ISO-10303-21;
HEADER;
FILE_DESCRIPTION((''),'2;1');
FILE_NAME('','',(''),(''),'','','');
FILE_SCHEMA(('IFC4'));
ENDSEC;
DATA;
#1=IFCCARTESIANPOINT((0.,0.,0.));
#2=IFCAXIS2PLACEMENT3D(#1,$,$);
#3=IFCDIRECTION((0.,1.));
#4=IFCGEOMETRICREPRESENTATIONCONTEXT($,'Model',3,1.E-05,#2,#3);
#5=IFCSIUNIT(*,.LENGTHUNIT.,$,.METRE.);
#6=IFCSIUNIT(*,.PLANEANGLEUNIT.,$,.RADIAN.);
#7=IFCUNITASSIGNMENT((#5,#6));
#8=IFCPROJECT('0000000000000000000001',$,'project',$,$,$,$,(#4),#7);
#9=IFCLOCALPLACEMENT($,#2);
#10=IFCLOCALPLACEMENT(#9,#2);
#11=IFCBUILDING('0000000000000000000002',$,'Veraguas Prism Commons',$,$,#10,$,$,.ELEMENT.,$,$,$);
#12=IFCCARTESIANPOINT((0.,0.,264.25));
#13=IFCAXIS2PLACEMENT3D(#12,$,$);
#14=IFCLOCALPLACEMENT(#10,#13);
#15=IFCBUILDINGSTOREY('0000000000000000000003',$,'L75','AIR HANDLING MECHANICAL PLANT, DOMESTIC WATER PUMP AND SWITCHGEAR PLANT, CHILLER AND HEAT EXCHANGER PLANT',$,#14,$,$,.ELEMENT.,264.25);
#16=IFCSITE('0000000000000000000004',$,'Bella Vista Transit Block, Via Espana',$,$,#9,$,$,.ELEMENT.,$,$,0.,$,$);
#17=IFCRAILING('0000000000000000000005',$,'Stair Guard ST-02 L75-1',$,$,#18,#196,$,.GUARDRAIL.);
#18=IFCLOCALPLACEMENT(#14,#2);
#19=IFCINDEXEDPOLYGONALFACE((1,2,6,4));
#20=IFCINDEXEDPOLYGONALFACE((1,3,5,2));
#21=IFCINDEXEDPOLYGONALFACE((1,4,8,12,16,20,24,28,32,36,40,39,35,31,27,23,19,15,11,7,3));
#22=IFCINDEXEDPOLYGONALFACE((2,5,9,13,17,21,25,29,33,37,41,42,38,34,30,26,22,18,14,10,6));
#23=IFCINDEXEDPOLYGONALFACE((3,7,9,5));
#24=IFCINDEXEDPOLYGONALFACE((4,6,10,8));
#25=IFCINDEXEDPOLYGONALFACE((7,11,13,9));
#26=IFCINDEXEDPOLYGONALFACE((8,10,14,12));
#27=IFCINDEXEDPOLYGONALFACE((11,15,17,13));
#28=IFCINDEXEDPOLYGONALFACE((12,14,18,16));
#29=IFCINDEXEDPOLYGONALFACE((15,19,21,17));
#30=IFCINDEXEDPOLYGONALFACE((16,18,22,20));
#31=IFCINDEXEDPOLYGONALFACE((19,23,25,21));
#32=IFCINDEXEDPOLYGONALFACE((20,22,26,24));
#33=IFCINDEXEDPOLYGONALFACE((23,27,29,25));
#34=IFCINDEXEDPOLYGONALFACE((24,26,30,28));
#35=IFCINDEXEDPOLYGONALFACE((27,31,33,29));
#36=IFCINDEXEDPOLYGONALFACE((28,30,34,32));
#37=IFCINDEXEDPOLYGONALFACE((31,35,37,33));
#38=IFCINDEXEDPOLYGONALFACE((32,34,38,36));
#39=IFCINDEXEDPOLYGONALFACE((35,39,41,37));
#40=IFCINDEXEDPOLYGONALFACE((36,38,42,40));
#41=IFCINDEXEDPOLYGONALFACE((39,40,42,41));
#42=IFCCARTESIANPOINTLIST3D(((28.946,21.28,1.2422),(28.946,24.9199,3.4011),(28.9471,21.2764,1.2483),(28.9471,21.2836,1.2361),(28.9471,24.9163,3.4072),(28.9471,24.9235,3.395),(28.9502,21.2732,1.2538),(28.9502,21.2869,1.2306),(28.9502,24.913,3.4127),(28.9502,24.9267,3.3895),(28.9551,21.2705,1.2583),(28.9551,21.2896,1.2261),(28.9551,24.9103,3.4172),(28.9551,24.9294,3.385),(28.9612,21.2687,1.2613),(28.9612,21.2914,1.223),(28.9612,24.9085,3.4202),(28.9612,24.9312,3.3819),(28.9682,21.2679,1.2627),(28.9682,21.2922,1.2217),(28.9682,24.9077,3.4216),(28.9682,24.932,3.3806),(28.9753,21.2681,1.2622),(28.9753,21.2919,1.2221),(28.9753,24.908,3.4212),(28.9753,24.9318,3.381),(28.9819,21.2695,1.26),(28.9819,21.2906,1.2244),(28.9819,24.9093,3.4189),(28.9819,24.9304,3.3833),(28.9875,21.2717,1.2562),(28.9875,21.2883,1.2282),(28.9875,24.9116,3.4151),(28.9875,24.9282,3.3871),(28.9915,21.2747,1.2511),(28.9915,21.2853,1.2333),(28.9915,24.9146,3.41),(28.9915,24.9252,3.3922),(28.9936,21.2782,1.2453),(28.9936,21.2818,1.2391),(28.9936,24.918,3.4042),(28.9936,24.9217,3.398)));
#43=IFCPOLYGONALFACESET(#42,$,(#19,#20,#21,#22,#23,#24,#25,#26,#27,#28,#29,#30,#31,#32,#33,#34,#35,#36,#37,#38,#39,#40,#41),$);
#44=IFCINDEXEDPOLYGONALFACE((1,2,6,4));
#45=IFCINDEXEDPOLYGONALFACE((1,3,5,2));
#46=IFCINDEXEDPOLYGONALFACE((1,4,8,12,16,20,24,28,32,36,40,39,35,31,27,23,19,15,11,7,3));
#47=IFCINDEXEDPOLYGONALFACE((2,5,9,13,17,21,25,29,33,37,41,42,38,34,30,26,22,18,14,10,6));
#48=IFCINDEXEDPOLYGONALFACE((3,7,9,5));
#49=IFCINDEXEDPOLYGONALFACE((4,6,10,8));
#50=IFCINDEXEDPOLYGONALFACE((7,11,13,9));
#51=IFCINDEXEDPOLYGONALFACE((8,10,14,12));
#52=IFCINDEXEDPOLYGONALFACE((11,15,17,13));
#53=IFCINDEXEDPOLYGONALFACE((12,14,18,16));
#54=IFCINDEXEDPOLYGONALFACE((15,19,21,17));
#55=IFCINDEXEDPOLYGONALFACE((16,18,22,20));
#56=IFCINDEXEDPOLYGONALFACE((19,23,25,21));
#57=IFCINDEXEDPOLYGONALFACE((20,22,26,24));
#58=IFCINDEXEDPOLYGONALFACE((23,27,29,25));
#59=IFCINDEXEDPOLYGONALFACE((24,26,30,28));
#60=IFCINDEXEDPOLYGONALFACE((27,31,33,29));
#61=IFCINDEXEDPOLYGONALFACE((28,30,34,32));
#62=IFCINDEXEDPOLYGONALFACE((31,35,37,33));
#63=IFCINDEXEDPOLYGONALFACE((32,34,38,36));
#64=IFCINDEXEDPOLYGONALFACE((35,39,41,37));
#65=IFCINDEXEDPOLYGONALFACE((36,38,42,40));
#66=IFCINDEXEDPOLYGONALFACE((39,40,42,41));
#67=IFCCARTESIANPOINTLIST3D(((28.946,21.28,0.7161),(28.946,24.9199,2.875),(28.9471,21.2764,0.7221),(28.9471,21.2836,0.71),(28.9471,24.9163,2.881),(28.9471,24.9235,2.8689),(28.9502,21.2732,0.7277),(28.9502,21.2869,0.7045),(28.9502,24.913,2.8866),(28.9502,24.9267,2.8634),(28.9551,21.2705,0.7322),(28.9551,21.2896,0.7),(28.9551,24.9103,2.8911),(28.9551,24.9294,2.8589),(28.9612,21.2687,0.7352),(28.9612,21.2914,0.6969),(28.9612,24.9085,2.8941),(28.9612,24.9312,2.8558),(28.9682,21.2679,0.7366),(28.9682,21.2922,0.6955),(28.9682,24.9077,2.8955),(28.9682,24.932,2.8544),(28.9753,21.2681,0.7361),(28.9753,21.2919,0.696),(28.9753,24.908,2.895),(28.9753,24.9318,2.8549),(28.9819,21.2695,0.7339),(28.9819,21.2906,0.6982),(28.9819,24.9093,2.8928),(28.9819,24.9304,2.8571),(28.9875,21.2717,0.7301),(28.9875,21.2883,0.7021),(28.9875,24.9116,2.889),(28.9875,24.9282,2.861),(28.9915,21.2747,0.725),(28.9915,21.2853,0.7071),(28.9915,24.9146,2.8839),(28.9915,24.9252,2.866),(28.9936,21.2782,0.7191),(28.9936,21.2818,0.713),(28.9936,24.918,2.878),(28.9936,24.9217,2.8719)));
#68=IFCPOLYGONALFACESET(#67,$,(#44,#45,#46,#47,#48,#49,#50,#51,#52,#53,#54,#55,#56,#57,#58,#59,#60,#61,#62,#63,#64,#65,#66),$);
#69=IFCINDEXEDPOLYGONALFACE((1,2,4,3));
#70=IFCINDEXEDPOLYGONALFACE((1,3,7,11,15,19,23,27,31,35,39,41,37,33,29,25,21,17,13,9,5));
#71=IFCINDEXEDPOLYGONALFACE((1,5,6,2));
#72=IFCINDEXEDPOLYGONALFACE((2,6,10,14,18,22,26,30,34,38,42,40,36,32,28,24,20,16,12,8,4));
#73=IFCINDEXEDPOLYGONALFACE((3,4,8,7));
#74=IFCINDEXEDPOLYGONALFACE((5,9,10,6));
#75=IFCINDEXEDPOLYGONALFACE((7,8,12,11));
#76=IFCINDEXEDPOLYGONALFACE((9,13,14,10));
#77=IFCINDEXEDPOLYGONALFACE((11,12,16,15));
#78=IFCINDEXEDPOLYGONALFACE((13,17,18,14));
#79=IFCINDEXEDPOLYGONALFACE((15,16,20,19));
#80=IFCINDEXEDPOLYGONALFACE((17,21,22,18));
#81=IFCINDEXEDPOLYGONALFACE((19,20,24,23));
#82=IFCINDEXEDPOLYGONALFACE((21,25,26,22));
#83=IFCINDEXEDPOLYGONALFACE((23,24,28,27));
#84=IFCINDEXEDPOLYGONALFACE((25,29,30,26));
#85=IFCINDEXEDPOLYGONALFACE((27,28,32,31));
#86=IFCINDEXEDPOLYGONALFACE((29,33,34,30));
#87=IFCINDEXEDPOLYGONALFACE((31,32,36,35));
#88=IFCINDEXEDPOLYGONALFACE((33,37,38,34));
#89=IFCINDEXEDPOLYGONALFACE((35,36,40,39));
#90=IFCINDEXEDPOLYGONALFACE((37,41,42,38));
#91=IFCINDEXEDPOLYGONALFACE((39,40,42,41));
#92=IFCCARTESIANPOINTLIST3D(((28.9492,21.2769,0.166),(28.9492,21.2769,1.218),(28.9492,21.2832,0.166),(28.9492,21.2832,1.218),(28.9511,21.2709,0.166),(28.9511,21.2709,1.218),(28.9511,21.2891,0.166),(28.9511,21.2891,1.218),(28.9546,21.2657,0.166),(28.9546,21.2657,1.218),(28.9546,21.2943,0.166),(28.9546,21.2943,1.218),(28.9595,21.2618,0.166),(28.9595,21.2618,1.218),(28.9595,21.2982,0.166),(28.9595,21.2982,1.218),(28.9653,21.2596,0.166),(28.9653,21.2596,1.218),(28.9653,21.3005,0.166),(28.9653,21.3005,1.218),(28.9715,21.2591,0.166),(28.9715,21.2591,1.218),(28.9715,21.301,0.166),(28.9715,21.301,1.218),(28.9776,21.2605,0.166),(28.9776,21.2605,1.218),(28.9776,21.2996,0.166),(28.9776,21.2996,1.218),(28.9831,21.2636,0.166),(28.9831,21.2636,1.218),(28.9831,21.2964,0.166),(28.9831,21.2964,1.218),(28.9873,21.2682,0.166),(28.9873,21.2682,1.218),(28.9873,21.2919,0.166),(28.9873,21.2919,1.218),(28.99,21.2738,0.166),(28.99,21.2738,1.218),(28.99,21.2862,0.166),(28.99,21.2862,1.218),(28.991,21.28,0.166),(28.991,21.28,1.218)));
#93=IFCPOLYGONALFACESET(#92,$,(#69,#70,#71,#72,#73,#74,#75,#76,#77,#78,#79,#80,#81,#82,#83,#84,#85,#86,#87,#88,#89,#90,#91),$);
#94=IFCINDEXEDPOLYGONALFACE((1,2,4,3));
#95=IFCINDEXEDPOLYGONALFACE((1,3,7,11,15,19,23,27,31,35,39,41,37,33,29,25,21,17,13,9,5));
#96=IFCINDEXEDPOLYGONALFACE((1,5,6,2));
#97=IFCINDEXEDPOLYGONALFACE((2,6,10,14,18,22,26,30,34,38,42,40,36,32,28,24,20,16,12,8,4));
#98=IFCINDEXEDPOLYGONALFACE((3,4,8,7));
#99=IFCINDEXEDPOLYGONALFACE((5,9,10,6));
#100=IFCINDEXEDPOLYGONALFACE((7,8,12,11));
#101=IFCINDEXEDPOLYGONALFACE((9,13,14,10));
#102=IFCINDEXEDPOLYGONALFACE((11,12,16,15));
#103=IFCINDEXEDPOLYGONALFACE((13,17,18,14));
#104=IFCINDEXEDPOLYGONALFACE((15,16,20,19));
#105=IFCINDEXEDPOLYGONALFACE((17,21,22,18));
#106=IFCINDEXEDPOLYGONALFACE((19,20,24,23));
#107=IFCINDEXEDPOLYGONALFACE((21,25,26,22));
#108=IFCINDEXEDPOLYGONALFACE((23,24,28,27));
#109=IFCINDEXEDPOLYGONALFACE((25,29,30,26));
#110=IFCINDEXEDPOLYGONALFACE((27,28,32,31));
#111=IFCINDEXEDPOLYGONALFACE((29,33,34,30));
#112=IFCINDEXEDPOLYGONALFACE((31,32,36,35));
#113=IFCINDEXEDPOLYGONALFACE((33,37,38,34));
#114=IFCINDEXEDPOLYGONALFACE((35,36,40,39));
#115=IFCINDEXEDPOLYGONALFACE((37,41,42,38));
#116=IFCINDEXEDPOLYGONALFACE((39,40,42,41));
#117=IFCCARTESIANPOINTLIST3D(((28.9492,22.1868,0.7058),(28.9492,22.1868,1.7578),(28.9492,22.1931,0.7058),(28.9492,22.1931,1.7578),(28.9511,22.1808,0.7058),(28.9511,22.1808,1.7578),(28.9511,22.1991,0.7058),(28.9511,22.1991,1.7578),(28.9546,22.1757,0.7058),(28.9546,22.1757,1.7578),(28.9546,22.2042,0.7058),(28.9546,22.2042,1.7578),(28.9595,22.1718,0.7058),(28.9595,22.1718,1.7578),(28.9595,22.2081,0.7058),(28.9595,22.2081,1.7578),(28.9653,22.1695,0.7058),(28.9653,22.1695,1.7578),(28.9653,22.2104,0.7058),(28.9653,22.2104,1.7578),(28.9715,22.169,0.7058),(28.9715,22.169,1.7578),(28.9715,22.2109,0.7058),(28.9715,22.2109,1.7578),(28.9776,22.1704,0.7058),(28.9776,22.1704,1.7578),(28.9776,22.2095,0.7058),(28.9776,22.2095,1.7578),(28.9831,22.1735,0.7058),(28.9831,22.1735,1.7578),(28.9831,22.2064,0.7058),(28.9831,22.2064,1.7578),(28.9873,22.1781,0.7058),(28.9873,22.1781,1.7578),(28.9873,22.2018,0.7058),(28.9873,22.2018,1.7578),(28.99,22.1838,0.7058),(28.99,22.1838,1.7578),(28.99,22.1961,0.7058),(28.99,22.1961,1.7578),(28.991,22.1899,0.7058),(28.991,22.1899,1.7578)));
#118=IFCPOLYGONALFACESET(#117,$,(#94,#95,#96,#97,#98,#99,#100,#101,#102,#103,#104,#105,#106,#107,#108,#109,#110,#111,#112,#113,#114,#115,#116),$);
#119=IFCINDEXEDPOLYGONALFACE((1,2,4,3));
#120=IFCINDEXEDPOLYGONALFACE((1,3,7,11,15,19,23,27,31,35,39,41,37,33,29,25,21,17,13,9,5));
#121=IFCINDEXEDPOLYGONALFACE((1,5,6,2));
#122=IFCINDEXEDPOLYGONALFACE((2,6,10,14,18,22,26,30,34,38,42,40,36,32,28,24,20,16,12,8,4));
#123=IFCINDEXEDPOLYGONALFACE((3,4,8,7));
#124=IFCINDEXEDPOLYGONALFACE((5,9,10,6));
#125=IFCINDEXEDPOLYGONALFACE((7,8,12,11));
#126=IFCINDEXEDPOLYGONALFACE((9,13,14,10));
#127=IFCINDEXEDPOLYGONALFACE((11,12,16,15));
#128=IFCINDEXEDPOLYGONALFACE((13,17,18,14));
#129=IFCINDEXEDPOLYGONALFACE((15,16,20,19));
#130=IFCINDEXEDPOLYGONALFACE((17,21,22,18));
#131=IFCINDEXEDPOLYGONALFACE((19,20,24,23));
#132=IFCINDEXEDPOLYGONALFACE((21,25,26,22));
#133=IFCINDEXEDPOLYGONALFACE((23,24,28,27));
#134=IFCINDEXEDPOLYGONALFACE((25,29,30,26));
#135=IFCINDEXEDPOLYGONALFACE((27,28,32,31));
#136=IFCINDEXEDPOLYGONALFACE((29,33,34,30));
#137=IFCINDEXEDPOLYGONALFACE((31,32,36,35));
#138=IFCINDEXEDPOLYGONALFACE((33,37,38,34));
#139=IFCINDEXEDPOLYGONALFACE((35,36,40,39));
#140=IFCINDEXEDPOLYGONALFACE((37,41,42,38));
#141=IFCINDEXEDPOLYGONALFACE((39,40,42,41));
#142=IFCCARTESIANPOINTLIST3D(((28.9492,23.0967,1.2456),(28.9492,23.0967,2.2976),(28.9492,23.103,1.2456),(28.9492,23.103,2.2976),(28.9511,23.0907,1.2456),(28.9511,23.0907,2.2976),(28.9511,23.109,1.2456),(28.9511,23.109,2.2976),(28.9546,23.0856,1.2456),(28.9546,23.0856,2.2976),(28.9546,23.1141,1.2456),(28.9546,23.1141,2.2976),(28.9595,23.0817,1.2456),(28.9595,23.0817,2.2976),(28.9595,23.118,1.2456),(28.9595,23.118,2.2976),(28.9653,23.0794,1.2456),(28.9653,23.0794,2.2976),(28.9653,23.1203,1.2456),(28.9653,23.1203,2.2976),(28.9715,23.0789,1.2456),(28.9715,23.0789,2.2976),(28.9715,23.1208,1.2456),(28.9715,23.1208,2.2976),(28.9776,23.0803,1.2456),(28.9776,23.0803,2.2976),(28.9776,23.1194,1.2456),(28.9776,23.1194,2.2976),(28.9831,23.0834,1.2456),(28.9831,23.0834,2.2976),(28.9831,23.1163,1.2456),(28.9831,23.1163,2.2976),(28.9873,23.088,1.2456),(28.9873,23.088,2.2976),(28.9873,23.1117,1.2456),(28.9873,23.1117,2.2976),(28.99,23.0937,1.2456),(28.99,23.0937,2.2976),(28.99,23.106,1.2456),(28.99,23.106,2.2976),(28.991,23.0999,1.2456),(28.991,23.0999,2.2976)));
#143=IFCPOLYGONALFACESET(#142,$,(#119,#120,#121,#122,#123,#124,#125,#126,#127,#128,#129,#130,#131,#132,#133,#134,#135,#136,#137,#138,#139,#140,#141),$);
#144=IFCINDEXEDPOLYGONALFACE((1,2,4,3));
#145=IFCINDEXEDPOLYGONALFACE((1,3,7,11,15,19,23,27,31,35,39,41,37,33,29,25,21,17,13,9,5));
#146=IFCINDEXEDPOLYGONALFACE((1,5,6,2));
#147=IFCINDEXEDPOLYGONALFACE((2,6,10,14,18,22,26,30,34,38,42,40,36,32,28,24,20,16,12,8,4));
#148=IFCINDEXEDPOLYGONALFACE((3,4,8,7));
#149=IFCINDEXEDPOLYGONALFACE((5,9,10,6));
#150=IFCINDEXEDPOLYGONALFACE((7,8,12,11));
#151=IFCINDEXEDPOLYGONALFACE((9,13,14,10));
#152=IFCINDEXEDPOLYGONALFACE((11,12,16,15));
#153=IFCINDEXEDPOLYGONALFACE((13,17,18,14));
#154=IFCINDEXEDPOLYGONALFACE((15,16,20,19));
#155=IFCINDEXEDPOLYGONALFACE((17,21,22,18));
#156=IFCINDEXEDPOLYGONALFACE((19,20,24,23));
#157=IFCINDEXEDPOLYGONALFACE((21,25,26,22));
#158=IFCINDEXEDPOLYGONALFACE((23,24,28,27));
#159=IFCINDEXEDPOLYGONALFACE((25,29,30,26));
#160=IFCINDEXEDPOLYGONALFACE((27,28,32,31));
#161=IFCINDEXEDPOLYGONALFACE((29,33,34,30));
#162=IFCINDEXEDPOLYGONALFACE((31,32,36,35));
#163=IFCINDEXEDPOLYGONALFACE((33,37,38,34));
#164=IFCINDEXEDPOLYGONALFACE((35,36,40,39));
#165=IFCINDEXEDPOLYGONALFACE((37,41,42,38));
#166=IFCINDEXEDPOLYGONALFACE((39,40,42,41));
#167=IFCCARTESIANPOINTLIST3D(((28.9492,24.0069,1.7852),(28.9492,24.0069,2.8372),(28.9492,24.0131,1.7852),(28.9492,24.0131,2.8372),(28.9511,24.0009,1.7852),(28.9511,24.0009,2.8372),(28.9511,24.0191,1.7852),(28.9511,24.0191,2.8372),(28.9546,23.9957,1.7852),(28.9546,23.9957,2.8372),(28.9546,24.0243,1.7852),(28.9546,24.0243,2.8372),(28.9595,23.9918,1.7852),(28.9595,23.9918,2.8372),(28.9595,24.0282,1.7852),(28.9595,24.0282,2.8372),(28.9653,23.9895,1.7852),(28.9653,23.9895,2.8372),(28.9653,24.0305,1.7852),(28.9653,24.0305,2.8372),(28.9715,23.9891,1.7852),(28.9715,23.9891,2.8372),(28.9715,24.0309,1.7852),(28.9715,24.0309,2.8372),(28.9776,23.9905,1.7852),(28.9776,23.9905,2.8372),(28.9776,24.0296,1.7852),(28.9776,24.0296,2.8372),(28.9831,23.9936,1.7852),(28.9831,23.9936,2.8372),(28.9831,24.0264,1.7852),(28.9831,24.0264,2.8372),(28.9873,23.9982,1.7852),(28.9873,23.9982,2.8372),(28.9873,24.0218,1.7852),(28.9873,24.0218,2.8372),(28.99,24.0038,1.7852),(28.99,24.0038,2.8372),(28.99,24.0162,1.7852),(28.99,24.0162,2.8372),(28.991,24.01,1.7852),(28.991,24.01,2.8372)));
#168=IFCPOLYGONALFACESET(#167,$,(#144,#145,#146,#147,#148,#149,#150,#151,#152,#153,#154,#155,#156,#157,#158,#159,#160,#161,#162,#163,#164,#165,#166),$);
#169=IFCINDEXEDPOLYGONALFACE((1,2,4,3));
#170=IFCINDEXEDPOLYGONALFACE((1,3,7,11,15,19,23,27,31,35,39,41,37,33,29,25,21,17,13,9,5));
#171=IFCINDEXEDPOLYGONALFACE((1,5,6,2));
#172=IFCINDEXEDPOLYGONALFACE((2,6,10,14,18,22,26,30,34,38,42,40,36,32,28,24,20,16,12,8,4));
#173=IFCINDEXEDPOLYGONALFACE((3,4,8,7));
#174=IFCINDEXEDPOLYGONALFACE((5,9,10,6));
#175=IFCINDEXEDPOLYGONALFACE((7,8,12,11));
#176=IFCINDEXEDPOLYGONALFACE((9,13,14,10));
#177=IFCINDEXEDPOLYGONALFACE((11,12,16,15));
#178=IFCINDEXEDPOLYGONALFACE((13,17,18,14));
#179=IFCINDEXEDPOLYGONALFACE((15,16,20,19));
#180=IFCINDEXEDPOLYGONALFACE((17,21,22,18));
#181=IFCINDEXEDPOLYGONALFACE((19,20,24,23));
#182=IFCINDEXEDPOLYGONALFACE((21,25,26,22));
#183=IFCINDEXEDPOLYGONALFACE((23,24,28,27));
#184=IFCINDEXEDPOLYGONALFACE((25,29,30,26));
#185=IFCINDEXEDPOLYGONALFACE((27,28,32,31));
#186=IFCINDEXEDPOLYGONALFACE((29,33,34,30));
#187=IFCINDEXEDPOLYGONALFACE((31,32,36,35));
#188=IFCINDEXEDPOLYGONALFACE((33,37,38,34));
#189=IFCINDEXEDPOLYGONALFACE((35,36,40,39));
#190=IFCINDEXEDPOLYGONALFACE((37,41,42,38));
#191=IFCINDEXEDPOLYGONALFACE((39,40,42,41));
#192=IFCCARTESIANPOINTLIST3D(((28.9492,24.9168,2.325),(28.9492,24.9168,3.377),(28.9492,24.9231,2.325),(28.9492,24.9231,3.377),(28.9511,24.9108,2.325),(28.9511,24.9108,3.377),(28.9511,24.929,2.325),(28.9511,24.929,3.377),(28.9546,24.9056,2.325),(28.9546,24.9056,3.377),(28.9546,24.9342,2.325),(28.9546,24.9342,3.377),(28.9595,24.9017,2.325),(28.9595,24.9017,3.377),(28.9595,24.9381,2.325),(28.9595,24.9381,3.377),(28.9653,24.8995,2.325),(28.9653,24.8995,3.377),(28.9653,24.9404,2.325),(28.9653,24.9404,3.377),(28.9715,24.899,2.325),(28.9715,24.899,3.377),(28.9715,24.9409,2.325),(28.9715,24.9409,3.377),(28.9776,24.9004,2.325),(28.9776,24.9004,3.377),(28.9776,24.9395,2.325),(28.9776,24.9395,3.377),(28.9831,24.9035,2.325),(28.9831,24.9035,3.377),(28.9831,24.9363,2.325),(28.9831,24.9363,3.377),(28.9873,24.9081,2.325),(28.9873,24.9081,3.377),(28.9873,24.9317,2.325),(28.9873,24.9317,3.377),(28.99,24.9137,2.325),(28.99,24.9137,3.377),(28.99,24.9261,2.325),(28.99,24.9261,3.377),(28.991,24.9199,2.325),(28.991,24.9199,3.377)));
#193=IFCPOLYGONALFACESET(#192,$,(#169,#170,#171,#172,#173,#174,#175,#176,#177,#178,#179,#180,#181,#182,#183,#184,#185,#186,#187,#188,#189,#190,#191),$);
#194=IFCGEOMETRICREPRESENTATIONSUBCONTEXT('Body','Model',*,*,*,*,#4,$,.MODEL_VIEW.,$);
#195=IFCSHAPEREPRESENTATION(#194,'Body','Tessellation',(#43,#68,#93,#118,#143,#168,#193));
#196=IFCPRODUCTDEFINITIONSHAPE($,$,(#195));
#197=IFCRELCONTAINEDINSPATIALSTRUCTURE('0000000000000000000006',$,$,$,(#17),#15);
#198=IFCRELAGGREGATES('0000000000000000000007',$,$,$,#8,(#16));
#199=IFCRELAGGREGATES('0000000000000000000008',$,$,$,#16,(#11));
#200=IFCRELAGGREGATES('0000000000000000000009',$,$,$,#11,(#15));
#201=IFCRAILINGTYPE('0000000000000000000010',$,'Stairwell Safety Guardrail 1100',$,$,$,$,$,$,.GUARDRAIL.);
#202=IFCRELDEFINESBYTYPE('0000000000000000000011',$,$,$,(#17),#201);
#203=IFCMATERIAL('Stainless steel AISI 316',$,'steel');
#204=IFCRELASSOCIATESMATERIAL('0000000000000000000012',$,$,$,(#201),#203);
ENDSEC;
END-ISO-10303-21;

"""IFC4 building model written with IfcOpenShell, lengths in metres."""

from ifc_helpers import new_model, si_unit, direction, frame, origin, origin_2d, place, context, subcontext, project, spatial, circle, extrude, material, type_object, element, save


model = new_model("IFC4")

# Units and contexts
model_context = context("Model", 3, precision=1e-05, world=origin(), true_north=direction((0.0, 1.0)))
body_context = subcontext(model_context, "Body", "Model", "MODEL_VIEW")
ifc_project = project(units=[si_unit("LENGTHUNIT", "METRE"), si_unit("PLANEANGLEUNIT", "RADIAN")], contexts=[model_context])

# Site, building, storey
site_placement = place(None, origin())
site = spatial("IfcSite", under=ifc_project, at=site_placement, Name="Bella Vista Transit Block, Via Espana", CompositionType="ELEMENT", RefElevation=0.0)
building_placement = place(site_placement, origin())
building = spatial("IfcBuilding", under=site, at=building_placement, Name="Veraguas Prism Commons", CompositionType="ELEMENT")
storey_placement = place(building_placement, frame((0.0, 0.0, 264.25)))
storey = spatial("IfcBuildingStorey", under=building, at=storey_placement, Name="L75", Description="AIR HANDLING MECHANICAL PLANT, DOMESTIC WATER PUMP AND SWITCHGEAR PLANT, CHILLER AND HEAT EXCHANGER PLANT", CompositionType="ELEMENT", Elevation=264.25)

# Shared definitions
ifc_material_1 = material(Name="Stainless steel AISI 316", Category="steel")

# Railing
railing_type_1 = type_object("IfcRailingType", Name="Stairwell Safety Guardrail 1100", PredefinedType="GUARDRAIL", material=ifc_material_1)
railing_1_placement = place(storey_placement, frame((28.97, 21.28, 0.166)))
element("IfcRailing", 1, at=railing_1_placement, inside=storey, type_object=railing_type_1, Name="Stair Guard ST-02 L75-1", PredefinedType="GUARDRAIL", context=body_context, shape_type="SweptSolid", body=[
    extrude(circle(Radius=0.0239, at=origin_2d()), frame((0.0, 0.0, 1.0762), z_axis=(0.0, 0.860088, 0.510145), x_axis=(-1.0, 0.0, 0.0)), (0.0, 0.0, 1.0), 4.2319),
    extrude(circle(Radius=0.0239, at=origin_2d()), frame((0.0, 0.0, 0.55), z_axis=(0.0, 0.860088, 0.510145), x_axis=(-1.0, 0.0, 0.0)), (0.0, 0.0, 1.0), 4.2319),
    extrude(circle(Radius=0.021, at=origin_2d()), origin(), (0.0, 0.0, 1.0), 1.052),
    extrude(circle(Radius=0.021, at=origin_2d()), frame((0.0, 0.9099, 0.5398)), (0.0, 0.0, 1.0), 1.052),
    extrude(circle(Radius=0.021, at=origin_2d()), frame((0.0, 1.8198, 1.0796)), (0.0, 0.0, 1.0), 1.052),
    extrude(circle(Radius=0.021, at=origin_2d()), frame((0.0, 2.73, 1.6191)), (0.0, 0.0, 1.0), 1.052),
    extrude(circle(Radius=0.021, at=origin_2d()), frame((0.0, 3.6399, 2.1589)), (0.0, 0.0, 1.0), 1.052),
])

save(model, "model.ifc")
